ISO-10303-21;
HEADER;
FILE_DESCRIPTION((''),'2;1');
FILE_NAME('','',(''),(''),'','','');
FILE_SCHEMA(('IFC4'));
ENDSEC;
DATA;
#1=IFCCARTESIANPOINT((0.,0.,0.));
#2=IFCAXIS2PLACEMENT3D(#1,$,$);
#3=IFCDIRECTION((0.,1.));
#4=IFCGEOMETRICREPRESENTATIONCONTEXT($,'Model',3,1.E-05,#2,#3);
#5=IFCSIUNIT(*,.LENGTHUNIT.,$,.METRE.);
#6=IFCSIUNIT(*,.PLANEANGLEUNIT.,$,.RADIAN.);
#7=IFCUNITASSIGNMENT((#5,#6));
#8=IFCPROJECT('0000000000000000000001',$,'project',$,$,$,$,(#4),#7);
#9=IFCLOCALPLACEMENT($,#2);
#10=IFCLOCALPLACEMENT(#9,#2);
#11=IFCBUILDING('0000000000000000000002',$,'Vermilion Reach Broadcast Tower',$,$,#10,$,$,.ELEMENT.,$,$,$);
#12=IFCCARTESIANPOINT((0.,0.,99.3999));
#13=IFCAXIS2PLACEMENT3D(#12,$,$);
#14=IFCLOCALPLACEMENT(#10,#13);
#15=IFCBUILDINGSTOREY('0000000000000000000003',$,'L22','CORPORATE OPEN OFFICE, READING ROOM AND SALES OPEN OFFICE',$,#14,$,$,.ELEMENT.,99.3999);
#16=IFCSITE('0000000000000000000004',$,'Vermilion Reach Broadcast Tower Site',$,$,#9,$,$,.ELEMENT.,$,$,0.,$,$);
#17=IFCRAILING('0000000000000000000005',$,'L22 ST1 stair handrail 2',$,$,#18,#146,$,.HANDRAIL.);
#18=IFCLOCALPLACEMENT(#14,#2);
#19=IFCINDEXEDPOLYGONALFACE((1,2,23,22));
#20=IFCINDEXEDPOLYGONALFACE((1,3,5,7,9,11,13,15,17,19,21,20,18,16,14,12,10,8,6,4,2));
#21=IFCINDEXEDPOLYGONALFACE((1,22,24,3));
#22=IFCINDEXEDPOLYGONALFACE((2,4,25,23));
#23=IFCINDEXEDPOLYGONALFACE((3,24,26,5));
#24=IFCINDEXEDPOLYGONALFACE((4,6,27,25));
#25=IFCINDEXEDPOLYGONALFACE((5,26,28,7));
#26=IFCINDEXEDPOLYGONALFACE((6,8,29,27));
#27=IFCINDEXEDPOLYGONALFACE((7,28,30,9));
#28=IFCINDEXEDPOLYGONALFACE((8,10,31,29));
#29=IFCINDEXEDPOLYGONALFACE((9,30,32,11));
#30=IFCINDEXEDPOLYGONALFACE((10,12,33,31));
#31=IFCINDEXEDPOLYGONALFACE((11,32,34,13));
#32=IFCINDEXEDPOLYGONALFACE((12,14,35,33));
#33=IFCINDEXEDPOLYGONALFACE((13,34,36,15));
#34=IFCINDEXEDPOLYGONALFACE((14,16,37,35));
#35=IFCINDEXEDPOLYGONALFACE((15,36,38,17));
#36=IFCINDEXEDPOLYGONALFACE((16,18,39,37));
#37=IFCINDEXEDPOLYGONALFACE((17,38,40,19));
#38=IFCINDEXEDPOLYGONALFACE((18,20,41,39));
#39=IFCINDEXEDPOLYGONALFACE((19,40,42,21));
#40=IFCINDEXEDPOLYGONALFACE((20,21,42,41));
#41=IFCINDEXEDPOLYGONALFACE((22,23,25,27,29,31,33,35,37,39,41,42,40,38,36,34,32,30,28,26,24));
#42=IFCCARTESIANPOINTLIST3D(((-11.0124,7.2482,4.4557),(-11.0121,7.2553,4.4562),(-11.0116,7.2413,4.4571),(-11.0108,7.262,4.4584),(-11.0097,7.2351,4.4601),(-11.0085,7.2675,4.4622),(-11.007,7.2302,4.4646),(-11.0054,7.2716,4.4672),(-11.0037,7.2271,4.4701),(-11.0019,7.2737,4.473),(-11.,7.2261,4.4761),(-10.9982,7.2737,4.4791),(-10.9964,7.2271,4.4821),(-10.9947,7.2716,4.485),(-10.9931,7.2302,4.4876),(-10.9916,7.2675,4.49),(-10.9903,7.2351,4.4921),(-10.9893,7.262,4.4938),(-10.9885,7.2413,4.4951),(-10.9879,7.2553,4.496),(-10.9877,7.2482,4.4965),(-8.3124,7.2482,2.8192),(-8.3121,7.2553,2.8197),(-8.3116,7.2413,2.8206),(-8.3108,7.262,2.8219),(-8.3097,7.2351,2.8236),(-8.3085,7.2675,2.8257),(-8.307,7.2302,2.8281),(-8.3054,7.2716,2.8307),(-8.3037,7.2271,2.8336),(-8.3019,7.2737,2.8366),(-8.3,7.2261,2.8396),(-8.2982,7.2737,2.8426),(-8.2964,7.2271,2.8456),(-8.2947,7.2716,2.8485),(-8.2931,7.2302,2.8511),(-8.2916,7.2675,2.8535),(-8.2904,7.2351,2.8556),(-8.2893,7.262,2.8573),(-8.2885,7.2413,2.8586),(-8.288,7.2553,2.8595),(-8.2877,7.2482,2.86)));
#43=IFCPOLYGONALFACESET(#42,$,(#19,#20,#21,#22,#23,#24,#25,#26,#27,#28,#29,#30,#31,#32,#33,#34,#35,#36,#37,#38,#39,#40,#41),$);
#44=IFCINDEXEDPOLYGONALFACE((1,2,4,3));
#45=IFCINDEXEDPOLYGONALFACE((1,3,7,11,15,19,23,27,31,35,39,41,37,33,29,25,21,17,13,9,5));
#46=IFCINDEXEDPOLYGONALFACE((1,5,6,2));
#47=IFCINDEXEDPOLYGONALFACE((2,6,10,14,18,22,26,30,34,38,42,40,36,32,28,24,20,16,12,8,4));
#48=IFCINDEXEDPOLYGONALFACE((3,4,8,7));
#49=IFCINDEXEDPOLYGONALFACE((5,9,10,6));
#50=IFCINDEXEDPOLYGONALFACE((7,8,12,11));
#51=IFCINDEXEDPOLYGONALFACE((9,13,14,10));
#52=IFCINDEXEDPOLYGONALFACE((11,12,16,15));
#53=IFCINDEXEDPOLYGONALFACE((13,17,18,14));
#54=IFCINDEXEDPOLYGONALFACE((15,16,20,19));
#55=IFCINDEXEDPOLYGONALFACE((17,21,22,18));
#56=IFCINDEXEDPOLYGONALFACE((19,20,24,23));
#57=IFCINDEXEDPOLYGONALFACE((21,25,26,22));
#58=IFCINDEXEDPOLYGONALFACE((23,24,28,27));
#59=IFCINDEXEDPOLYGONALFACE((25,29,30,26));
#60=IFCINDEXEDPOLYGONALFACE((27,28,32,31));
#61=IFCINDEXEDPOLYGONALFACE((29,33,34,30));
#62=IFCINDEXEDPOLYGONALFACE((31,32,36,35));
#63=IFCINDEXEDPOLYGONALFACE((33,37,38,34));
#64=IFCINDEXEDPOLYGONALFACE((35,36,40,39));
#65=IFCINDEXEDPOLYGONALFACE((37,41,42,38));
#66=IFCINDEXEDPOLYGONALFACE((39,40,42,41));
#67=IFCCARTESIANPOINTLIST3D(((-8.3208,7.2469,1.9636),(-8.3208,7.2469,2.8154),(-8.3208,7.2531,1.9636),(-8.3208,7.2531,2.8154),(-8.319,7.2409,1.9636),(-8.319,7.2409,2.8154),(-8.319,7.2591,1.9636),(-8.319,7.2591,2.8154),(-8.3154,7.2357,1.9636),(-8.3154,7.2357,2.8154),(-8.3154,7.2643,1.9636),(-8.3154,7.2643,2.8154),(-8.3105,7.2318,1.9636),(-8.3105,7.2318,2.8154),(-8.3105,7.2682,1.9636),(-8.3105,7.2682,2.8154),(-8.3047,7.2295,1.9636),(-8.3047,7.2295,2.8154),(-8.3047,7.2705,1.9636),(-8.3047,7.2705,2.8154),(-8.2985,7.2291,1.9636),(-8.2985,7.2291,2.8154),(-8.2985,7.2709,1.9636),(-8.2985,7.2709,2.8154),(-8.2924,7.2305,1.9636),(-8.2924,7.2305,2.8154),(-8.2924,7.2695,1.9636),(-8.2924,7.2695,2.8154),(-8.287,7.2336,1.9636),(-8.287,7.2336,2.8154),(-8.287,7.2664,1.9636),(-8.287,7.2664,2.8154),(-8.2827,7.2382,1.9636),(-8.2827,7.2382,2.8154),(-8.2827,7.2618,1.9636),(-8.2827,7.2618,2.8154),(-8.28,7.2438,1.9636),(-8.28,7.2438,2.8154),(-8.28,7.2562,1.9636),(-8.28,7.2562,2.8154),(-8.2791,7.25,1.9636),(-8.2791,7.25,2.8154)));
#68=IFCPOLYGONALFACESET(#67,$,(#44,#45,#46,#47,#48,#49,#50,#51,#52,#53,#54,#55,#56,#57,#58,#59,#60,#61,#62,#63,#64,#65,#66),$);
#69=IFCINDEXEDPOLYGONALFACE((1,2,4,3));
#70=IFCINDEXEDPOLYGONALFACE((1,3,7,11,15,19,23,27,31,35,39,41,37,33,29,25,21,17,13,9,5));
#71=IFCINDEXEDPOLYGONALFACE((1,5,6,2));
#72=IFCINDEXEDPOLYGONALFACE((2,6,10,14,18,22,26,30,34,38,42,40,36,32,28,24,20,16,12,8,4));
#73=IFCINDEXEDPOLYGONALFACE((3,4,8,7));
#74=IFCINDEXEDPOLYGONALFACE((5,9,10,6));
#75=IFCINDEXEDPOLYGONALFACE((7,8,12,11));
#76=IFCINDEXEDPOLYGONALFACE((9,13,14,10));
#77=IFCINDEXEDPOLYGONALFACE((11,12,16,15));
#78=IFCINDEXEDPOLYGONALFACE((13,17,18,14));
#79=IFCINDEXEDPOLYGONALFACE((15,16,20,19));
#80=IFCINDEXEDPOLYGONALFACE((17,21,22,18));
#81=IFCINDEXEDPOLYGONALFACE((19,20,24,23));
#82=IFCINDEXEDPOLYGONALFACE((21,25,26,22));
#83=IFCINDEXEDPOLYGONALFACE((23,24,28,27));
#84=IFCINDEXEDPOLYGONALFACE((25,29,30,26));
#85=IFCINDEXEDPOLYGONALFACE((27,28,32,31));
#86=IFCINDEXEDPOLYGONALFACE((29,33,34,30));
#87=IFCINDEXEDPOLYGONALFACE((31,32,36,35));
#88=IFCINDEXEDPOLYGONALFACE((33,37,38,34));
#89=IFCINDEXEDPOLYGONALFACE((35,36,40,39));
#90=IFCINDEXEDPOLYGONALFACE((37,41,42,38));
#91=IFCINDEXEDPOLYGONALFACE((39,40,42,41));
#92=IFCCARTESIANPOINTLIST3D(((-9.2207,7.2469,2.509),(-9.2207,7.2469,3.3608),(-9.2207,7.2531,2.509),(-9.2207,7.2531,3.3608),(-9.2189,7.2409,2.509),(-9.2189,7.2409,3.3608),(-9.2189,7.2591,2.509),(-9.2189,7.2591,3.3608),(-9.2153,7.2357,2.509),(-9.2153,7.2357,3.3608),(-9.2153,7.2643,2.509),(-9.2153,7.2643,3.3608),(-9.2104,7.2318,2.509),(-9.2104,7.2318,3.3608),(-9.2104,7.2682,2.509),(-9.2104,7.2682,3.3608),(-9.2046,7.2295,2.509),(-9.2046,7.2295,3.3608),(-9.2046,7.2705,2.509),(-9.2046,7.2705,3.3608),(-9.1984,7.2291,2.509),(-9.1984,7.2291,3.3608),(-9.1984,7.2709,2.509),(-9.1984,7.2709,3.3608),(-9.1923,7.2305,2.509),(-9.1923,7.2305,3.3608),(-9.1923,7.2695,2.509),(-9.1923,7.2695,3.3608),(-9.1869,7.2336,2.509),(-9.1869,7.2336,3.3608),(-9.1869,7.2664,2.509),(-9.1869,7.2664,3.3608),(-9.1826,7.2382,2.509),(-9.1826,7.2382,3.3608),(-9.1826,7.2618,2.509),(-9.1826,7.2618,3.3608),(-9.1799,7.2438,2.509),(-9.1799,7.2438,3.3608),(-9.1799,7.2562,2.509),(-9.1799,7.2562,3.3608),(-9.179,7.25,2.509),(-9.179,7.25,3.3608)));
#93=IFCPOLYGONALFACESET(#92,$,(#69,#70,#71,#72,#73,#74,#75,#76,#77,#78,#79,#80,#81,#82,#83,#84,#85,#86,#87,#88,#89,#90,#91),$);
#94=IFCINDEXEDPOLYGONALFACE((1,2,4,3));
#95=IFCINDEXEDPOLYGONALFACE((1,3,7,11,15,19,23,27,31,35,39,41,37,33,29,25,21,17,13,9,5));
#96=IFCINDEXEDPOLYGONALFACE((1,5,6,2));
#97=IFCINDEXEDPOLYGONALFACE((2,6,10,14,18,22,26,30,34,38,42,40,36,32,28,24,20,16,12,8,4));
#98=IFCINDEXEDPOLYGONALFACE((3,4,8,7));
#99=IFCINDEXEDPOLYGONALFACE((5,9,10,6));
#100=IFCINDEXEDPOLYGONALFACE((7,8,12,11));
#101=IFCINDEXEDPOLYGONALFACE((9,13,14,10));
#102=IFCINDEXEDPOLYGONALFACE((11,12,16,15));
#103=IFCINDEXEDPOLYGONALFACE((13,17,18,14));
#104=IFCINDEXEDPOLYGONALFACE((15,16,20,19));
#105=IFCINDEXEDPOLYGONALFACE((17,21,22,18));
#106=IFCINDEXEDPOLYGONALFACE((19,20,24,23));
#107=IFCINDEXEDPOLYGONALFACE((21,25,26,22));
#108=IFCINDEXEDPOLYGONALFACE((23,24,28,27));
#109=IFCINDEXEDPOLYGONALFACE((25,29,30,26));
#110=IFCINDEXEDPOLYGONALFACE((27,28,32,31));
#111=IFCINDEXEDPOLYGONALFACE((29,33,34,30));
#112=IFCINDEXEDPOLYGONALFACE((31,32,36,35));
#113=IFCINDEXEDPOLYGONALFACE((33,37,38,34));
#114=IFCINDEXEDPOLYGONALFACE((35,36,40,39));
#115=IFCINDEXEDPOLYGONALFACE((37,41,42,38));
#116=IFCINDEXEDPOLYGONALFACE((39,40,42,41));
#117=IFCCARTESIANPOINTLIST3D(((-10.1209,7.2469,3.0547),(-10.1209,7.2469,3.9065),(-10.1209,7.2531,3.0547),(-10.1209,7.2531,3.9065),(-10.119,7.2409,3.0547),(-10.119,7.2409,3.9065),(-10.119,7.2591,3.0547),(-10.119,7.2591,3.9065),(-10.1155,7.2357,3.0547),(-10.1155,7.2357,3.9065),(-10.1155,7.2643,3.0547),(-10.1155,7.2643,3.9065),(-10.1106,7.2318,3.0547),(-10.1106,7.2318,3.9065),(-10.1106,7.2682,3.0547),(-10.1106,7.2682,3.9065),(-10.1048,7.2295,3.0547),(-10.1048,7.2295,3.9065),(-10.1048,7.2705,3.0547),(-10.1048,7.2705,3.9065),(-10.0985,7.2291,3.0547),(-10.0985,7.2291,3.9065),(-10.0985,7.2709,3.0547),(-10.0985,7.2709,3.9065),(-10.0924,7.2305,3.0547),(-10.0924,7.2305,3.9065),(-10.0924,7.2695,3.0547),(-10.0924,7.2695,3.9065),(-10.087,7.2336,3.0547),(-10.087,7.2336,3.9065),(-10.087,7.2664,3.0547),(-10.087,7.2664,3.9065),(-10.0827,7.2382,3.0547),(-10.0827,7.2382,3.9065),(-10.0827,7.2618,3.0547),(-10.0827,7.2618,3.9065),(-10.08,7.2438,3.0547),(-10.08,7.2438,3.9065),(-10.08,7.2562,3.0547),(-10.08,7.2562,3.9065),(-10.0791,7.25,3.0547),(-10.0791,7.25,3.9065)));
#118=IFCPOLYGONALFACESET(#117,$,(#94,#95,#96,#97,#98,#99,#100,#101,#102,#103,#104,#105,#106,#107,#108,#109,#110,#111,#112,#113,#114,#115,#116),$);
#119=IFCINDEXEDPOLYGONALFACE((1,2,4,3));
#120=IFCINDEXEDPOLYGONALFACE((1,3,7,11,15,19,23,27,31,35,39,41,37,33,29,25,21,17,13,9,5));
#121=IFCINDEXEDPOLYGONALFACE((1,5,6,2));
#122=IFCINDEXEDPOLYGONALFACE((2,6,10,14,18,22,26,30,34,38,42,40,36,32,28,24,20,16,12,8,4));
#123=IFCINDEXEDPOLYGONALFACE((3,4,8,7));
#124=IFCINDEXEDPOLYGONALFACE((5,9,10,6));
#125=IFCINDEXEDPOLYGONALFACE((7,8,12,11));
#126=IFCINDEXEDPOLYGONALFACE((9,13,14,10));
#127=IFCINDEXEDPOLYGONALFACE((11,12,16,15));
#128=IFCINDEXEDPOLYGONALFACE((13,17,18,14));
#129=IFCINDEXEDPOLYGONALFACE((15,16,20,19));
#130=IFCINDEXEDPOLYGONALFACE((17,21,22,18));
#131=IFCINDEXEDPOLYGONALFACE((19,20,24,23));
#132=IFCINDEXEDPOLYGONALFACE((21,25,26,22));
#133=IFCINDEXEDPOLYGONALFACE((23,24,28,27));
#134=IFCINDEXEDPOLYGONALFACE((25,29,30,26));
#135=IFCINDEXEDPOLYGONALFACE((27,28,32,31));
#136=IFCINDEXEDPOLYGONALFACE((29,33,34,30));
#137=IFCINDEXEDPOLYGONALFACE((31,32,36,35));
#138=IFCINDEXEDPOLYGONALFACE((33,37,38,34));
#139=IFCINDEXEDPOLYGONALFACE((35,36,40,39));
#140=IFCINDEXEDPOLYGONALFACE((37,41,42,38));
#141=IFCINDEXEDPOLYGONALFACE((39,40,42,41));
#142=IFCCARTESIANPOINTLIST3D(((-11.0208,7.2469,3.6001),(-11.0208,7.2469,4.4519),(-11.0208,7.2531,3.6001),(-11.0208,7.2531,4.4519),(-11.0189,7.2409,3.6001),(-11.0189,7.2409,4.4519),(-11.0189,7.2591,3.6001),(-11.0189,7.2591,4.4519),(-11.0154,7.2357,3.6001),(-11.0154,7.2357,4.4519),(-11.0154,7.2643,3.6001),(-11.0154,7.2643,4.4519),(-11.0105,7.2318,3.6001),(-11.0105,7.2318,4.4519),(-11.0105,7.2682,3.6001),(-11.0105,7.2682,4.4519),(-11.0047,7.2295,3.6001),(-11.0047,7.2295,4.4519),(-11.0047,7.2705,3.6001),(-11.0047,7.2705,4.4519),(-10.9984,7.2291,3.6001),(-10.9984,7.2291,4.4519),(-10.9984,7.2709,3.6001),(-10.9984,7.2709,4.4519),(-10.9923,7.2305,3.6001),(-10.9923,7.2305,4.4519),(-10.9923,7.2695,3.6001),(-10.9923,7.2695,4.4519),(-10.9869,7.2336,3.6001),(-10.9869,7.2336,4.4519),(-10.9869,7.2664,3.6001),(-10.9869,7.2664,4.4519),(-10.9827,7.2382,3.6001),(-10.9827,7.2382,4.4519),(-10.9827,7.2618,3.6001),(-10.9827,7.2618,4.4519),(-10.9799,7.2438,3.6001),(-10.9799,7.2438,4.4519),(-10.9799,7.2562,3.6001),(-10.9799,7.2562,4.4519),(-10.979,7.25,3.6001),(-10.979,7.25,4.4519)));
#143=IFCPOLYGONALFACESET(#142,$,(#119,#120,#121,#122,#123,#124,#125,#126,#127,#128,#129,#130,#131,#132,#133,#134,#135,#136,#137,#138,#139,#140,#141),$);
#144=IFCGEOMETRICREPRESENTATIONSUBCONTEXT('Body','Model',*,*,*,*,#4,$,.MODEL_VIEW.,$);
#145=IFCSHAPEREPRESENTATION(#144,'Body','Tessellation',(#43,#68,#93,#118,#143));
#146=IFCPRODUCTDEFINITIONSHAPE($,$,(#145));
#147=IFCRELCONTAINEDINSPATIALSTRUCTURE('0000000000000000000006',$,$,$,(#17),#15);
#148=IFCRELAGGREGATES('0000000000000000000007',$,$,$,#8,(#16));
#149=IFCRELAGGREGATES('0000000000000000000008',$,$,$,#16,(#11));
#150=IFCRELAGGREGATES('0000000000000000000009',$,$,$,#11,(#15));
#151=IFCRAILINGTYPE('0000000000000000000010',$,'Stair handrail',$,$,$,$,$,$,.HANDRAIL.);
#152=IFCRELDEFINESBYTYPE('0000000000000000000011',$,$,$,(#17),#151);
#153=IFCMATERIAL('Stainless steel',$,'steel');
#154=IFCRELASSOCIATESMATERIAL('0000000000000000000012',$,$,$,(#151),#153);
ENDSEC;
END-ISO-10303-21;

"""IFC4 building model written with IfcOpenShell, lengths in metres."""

from ifc_helpers import new_model, si_unit, direction, frame, origin, origin_2d, place, context, subcontext, project, spatial, circle, extrude, material, type_object, element, save


model = new_model("IFC4")

# Units and contexts
model_context = context("Model", 3, precision=1e-05, world=origin(), true_north=direction((0.0, 1.0)))
body_context = subcontext(model_context, "Body", "Model", "MODEL_VIEW")
ifc_project = project(units=[si_unit("LENGTHUNIT", "METRE"), si_unit("PLANEANGLEUNIT", "RADIAN")], contexts=[model_context])

# Site, building, storey
site_placement = place(None, origin())
site = spatial("IfcSite", under=ifc_project, at=site_placement, Name="Vermilion Reach Broadcast Tower Site", CompositionType="ELEMENT", RefElevation=0.0)
building_placement = place(site_placement, origin())
building = spatial("IfcBuilding", under=site, at=building_placement, Name="Vermilion Reach Broadcast Tower", CompositionType="ELEMENT")
storey_placement = place(building_placement, frame((0.0, 0.0, 99.3999)))
storey = spatial("IfcBuildingStorey", under=building, at=storey_placement, Name="L22", Description="CORPORATE OPEN OFFICE, READING ROOM AND SALES OPEN OFFICE", CompositionType="ELEMENT", Elevation=99.3999)

# Railing
ifc_material_1 = material(Name="Stainless steel", Category="steel")
railing_type_1 = type_object("IfcRailingType", Name="Stair handrail", PredefinedType="HANDRAIL", material=ifc_material_1)
railing_1_placement = place(storey_placement, frame((-8.3, 7.25, 1.9636)))
element("IfcRailing", 1, at=railing_1_placement, inside=storey, type_object=railing_type_1, Name="L22 ST1 stair handrail 2", PredefinedType="HANDRAIL", context=body_context, shape_type="SweptSolid", body=[
    extrude(circle(Radius=0.0239, at=origin_2d()), frame((0.0, 0.0, 0.876), z_axis=(-0.855178, 0.0, 0.518334), x_axis=(0.0, -1.0, 0.0)), (0.0, 0.0, 1.0), 3.1572),
    extrude(circle(Radius=0.021, at=origin_2d()), origin(), (0.0, 0.0, 1.0), 0.8518),
    extrude(circle(Radius=0.021, at=origin_2d()), frame((-0.8999, 0.0, 0.5454)), (0.0, 0.0, 1.0), 0.8518),
    extrude(circle(Radius=0.021, at=origin_2d()), frame((-1.8, 0.0, 1.0911)), (0.0, 0.0, 1.0), 0.8518),
    extrude(circle(Radius=0.021, at=origin_2d()), frame((-2.7, 0.0, 1.6365)), (0.0, 0.0, 1.0), 0.8518),
])

save(model, "model.ifc")
